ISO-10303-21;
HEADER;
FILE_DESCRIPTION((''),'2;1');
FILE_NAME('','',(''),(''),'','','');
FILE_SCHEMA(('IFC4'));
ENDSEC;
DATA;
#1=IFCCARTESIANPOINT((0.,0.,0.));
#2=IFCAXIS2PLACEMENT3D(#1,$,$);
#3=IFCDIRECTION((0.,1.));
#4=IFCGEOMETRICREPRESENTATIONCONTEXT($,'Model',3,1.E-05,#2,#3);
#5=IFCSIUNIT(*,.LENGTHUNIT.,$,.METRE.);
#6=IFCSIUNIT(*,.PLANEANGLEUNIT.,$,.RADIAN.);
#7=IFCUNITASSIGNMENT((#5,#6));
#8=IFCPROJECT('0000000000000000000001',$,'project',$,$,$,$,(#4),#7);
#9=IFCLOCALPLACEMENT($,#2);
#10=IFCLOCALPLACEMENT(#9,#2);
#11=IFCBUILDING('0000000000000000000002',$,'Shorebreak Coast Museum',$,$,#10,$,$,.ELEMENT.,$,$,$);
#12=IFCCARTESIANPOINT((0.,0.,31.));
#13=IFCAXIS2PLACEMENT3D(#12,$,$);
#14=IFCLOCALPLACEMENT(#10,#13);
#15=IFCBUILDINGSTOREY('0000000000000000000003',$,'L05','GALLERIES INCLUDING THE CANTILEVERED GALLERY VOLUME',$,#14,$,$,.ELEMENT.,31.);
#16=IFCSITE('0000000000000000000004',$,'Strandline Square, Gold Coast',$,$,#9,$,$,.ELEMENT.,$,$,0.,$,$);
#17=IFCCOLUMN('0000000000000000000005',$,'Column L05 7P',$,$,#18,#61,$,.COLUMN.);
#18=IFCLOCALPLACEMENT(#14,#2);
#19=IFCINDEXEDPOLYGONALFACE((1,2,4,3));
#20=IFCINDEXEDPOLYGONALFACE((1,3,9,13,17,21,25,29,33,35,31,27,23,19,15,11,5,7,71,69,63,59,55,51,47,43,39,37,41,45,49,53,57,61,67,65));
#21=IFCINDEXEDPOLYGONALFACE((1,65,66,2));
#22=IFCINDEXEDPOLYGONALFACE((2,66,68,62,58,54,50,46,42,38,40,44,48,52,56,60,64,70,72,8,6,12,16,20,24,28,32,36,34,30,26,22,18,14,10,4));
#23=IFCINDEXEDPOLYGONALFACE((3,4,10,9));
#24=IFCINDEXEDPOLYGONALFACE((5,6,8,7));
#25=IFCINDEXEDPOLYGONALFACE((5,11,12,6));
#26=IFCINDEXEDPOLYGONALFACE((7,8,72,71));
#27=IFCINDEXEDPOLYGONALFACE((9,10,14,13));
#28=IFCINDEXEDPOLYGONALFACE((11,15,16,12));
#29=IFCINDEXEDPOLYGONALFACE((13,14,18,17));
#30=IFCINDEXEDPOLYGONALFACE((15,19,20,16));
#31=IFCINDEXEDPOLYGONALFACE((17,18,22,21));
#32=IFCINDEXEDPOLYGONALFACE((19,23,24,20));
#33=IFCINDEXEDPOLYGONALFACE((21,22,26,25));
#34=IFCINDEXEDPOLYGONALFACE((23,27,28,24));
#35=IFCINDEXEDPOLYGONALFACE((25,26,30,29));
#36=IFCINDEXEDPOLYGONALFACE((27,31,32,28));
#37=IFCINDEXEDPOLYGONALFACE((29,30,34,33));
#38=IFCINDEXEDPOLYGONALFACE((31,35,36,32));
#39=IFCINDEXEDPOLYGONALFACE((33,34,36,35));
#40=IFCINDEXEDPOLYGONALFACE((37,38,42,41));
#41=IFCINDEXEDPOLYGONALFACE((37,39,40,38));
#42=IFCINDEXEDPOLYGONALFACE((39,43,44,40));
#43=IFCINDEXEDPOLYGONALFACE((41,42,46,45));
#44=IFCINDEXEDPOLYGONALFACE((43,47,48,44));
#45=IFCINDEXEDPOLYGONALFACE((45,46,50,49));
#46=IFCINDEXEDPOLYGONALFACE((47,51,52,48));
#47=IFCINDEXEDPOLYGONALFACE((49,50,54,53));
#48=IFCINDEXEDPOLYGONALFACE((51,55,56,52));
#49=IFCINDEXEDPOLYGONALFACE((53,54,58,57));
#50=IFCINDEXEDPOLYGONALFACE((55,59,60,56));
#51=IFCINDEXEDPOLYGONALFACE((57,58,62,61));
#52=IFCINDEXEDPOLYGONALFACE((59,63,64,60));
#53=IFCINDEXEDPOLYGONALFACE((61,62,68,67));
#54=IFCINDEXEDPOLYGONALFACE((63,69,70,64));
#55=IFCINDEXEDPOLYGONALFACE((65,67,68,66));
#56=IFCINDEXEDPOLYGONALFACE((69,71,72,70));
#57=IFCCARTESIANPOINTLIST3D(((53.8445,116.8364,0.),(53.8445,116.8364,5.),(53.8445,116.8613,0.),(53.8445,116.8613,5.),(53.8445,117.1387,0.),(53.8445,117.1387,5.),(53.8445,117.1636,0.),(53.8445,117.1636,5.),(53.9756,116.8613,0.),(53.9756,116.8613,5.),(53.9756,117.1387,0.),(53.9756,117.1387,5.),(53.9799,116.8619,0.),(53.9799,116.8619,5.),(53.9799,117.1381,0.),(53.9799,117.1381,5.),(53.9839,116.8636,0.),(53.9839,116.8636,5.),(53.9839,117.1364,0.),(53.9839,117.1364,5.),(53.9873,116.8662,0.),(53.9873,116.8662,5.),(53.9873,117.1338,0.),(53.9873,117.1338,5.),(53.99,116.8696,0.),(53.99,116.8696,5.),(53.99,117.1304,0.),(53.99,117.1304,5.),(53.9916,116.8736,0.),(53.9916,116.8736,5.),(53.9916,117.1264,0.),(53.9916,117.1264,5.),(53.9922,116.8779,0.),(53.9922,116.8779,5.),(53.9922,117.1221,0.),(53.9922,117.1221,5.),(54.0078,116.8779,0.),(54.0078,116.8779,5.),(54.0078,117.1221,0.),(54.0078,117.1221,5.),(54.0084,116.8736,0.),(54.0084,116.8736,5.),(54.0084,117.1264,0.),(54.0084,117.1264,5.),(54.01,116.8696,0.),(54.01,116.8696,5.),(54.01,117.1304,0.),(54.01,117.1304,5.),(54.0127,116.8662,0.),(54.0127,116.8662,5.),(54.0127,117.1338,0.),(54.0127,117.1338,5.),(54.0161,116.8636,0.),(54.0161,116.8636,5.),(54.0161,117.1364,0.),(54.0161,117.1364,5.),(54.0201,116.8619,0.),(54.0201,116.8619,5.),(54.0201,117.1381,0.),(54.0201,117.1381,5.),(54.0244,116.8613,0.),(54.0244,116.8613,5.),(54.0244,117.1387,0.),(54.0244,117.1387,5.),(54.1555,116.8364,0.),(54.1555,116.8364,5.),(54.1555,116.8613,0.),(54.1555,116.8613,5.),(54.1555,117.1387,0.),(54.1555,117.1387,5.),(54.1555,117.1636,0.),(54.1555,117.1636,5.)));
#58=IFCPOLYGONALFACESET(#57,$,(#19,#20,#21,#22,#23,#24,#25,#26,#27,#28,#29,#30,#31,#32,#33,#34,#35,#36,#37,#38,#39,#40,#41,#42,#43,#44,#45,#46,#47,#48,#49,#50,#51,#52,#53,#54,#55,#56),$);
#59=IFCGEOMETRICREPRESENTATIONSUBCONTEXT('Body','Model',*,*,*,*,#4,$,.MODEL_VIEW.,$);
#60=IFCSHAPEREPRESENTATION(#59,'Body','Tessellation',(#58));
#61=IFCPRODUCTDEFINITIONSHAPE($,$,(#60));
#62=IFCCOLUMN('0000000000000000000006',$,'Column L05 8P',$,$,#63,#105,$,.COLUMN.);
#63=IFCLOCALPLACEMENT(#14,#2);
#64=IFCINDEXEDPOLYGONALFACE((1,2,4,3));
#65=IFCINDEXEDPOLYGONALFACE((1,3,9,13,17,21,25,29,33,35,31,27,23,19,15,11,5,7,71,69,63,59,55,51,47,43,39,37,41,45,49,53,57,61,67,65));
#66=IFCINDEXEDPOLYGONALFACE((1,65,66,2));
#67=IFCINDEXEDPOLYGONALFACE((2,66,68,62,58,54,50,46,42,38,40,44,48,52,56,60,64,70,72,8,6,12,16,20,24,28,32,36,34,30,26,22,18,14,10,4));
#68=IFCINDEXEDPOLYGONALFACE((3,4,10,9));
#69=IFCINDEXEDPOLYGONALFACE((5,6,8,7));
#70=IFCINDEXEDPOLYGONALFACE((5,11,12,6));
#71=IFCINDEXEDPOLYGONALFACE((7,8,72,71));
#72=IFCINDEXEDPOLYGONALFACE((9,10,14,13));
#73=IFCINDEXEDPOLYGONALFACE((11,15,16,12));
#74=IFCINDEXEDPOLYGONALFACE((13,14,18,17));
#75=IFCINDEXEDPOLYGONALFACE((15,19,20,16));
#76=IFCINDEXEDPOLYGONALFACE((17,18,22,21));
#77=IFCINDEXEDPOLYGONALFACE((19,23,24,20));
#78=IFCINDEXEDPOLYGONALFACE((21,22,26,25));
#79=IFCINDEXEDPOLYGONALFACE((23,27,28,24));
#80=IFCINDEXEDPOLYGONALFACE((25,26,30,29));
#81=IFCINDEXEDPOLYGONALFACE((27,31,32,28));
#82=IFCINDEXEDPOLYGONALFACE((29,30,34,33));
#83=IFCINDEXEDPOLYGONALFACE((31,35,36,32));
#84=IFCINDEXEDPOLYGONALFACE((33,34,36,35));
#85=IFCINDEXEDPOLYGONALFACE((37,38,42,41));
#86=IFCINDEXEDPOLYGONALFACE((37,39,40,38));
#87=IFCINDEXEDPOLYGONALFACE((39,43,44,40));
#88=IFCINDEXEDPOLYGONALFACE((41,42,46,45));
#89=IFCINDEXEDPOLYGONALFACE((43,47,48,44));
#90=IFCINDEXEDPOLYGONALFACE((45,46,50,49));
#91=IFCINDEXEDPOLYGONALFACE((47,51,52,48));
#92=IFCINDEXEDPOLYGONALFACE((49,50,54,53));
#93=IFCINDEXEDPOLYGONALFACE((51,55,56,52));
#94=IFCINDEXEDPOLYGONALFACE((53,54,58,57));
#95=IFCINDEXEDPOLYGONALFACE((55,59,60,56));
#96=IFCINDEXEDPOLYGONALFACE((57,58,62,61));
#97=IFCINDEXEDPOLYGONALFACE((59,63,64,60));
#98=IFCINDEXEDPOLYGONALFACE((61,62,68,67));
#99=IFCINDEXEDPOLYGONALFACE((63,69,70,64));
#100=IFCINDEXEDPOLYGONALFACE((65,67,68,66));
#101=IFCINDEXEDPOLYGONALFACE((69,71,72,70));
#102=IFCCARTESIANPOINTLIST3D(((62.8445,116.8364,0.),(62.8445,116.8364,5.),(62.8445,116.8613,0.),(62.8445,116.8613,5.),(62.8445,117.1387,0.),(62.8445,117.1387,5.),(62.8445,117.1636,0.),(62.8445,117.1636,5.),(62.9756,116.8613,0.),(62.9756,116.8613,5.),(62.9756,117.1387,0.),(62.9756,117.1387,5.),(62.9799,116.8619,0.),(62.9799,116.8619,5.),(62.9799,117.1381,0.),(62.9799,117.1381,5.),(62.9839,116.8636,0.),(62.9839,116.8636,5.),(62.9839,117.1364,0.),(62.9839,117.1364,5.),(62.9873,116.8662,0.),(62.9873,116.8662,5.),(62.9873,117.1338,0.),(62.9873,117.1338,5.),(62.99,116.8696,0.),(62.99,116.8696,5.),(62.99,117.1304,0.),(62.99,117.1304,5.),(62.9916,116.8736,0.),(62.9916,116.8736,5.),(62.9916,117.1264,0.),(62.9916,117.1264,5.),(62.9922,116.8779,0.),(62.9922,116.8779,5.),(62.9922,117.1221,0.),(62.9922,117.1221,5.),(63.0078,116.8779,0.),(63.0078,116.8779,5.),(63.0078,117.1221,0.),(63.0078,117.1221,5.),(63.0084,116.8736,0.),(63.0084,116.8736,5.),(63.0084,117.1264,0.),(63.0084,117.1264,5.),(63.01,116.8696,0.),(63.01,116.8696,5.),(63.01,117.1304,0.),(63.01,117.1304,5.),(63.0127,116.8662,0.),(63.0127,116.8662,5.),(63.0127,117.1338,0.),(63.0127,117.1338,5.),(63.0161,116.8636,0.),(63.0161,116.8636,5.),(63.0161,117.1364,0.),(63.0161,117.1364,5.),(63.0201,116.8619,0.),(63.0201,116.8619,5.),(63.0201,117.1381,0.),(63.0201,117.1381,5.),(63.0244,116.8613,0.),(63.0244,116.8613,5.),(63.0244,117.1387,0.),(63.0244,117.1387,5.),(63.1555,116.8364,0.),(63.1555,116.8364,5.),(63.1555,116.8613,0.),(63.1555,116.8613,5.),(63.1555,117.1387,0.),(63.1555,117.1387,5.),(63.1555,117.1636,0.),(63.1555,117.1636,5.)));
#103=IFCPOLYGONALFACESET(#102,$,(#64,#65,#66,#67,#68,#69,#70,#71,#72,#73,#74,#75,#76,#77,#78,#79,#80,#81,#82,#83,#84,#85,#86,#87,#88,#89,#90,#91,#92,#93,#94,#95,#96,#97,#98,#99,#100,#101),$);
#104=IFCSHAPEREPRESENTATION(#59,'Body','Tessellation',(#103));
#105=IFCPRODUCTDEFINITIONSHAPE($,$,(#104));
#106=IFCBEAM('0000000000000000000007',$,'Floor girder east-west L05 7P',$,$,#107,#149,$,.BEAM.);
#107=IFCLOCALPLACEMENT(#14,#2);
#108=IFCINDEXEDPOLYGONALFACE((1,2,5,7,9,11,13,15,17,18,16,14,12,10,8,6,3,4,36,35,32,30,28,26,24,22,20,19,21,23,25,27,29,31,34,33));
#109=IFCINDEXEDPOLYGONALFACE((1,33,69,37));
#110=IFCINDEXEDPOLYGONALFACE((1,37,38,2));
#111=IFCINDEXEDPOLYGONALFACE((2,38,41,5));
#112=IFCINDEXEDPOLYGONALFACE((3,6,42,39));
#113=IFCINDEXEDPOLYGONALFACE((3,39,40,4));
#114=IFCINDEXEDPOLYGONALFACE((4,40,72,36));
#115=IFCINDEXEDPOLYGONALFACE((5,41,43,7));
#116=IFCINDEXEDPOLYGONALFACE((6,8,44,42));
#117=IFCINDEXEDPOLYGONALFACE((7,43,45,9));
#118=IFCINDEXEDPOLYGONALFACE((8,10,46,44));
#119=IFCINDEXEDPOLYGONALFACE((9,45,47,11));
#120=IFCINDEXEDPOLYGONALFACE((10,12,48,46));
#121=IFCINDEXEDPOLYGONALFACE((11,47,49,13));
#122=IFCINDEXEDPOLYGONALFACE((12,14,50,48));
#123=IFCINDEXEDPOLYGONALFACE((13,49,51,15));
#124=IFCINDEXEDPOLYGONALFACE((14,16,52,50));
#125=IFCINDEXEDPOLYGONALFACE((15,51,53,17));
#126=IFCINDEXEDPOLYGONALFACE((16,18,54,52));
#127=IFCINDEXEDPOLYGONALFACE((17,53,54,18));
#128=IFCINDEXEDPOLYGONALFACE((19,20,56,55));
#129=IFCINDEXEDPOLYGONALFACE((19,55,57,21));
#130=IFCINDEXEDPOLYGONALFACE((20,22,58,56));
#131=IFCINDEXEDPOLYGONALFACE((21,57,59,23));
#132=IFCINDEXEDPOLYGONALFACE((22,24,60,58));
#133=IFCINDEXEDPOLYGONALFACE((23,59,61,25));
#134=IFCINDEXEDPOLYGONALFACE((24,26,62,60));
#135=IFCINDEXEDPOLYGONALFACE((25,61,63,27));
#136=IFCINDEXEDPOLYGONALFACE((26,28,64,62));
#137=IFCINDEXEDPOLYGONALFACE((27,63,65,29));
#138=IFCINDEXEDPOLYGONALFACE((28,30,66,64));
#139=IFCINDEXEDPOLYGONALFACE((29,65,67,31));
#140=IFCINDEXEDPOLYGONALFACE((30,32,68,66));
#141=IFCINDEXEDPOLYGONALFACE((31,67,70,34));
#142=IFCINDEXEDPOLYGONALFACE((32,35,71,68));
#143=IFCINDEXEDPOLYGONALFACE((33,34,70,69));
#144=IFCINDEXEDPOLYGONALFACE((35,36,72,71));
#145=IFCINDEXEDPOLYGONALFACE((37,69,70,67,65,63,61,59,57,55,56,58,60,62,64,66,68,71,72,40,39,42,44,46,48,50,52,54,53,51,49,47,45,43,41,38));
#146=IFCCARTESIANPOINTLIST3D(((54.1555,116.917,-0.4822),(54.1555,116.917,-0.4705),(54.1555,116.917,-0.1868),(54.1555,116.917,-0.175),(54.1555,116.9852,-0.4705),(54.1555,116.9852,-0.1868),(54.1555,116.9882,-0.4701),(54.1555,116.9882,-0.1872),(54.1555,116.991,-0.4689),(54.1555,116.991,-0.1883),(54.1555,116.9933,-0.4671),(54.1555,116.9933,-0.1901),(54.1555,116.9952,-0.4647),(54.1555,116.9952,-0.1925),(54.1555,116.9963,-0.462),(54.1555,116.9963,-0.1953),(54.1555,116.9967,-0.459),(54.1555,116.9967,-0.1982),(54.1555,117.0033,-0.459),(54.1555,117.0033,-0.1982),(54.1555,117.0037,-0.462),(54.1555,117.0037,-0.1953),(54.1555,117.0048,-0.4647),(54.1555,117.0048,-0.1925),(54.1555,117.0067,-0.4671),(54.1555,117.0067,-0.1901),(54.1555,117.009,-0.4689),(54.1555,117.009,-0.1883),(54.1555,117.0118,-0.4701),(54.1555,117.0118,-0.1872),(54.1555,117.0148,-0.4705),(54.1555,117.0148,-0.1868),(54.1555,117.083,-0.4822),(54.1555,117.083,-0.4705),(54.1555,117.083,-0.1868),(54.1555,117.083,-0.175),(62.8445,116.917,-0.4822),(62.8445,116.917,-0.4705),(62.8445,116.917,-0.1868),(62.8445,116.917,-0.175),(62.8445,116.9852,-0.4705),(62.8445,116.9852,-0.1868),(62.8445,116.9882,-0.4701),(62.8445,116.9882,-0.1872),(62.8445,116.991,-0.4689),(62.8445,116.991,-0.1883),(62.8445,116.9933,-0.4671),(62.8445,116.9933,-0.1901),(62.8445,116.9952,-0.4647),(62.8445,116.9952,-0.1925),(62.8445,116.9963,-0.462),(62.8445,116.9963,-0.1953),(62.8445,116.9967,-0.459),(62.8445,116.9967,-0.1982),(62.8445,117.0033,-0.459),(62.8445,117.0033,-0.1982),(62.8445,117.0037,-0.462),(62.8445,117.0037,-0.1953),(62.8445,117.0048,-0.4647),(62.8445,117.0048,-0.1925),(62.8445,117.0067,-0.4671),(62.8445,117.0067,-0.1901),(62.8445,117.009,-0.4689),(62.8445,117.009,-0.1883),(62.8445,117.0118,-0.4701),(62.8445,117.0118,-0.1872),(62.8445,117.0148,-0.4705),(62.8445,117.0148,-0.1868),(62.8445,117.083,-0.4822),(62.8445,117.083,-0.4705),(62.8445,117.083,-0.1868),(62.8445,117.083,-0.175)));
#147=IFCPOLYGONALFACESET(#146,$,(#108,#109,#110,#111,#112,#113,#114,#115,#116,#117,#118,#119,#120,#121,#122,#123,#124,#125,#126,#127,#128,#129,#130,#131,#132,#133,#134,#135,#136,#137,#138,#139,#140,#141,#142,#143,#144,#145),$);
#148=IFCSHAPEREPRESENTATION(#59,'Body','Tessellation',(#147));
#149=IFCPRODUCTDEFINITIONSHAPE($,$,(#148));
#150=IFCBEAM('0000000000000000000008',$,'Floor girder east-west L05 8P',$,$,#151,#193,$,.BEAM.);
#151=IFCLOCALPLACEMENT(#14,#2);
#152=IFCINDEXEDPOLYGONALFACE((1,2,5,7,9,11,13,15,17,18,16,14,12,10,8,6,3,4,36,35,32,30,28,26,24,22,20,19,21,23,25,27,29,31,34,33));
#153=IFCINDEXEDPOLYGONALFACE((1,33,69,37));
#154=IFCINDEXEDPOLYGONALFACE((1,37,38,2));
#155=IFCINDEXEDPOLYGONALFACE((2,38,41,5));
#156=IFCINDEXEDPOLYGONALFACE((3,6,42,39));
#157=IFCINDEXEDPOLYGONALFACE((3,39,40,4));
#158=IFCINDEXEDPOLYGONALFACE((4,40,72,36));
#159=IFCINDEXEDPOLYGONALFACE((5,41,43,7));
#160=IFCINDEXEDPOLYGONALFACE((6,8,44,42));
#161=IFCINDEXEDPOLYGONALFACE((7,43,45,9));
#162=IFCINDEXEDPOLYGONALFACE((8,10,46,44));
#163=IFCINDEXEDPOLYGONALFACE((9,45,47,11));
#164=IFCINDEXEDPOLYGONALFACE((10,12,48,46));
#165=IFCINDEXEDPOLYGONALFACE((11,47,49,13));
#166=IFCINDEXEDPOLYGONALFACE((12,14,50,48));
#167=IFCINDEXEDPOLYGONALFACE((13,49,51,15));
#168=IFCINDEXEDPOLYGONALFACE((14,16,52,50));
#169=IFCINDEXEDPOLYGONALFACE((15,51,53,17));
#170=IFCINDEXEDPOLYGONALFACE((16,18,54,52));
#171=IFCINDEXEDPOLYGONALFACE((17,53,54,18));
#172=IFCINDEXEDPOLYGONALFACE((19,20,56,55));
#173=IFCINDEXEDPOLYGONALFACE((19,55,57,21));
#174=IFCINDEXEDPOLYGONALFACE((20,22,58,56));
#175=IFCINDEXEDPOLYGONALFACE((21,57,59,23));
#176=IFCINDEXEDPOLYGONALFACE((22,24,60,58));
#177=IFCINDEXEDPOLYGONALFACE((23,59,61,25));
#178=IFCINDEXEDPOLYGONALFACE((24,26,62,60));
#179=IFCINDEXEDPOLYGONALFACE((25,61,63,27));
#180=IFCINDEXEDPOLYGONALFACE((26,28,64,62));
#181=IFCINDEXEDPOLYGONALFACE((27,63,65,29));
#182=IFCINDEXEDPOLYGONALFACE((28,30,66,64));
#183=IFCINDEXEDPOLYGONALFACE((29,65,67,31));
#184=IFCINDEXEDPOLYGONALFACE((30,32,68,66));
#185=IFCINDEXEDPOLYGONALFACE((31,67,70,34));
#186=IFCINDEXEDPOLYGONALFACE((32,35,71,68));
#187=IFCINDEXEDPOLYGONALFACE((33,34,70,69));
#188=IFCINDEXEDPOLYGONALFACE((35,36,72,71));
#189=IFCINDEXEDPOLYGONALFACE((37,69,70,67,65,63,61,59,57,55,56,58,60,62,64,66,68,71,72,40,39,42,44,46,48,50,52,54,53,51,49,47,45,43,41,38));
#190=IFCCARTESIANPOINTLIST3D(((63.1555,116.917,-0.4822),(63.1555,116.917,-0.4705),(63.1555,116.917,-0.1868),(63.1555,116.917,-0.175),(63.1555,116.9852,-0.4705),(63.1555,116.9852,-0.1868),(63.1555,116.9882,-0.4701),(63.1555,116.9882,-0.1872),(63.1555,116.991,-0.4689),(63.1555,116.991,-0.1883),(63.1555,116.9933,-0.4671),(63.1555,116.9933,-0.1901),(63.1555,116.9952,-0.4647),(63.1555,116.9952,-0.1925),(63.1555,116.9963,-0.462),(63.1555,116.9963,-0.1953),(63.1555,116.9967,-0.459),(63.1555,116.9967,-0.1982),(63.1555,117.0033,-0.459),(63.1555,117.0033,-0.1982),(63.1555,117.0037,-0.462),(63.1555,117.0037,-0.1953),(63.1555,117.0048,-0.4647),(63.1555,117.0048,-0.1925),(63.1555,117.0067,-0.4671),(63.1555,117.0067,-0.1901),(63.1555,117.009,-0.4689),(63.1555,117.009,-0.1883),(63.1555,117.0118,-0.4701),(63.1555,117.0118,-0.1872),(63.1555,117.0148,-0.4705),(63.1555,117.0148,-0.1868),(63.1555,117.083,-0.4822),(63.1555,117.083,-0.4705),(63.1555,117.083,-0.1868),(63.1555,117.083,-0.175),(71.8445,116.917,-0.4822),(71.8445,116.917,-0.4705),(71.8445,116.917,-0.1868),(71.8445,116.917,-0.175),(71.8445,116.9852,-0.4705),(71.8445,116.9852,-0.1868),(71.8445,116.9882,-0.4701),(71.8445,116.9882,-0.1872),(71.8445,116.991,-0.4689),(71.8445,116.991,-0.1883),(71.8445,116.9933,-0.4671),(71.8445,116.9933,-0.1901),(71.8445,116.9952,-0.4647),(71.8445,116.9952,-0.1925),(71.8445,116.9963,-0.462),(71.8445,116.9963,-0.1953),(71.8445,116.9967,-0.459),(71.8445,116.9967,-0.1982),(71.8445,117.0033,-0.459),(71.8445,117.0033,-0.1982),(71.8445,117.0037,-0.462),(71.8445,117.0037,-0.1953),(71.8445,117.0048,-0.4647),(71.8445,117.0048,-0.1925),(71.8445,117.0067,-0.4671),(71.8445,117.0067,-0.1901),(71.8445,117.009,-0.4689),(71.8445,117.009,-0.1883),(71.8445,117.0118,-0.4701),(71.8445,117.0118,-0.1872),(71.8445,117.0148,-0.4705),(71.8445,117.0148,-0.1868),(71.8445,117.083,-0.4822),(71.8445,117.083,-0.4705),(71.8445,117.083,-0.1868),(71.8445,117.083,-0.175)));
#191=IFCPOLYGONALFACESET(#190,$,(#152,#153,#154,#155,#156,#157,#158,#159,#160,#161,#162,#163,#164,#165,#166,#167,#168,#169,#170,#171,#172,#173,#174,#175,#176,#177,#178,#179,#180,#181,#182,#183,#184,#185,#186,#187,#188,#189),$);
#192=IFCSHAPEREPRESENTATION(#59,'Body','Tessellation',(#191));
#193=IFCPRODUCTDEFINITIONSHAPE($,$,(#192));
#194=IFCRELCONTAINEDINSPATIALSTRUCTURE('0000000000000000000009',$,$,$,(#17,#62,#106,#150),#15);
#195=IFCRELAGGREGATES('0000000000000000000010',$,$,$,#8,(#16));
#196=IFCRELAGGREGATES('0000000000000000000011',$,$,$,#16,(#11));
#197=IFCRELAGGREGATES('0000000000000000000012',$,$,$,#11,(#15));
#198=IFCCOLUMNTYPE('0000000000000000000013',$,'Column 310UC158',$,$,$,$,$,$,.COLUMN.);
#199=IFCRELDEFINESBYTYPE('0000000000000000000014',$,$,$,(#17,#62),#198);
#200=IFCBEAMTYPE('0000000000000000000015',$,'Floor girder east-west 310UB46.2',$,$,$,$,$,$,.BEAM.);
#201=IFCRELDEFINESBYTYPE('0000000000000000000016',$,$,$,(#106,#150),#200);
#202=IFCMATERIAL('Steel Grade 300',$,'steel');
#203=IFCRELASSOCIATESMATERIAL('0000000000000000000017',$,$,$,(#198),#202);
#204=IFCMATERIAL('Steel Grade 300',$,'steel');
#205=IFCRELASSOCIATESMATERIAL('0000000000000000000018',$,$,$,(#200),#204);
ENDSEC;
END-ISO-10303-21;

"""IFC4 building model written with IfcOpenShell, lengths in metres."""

from ifc_helpers import new_model, si_unit, direction, frame, origin, origin_2d, place, context, subcontext, project, spatial, i_section, extrude, material, material_profile, profile_set, type_object, element, save


model = new_model("IFC4")

# Units and contexts
model_context = context("Model", 3, precision=1e-05, world=origin(), true_north=direction((0.0, 1.0)))
body_context = subcontext(model_context, "Body", "Model", "MODEL_VIEW")
ifc_project = project(units=[si_unit("LENGTHUNIT", "METRE"), si_unit("PLANEANGLEUNIT", "RADIAN")], contexts=[model_context])

# Site, building, storey
site_placement = place(None, origin())
site = spatial("IfcSite", under=ifc_project, at=site_placement, Name="Strandline Square, Gold Coast", CompositionType="ELEMENT", RefElevation=0.0)
building_placement = place(site_placement, origin())
building = spatial("IfcBuilding", under=site, at=building_placement, Name="Shorebreak Coast Museum", CompositionType="ELEMENT")
storey_placement = place(building_placement, frame((0.0, 0.0, 31.0)))
storey = spatial("IfcBuildingStorey", under=building, at=storey_placement, Name="L05", Description="GALLERIES INCLUDING THE CANTILEVERED GALLERY VOLUME", CompositionType="ELEMENT", Elevation=31.0)

# Columns
ifc_material_1 = material(Name="Steel Grade 300", Category="steel")
ifc_material_profile_1 = material_profile(ifc_material_1, i_section(OverallWidth=0.311, OverallDepth=0.3271, WebThickness=0.0156, FlangeThickness=0.0249, FilletRadius=0.0166, at=origin_2d()), Name="310UC158")
ifc_profile_set_1 = profile_set([ifc_material_profile_1], Name="Steel Grade 300")
column_type = type_object("IfcColumnType", Name="Column 310UC158", PredefinedType="COLUMN", material=ifc_profile_set_1)
for number, where, z_axis, x_axis, name in (
    (1, (54.0, 117.0, 0.0), (0.0, 0.0, 1.0), (1.0, 0.0, 0.0), "Column L05 7P"),
    (2, (63.0, 117.0, 0.0), (0.0, 0.0, 1.0), (1.0, 0.0, 0.0), "Column L05 8P"),
):
    element("IfcColumn", number, at=place(storey_placement, frame(where, z_axis=z_axis, x_axis=x_axis)), inside=storey, type_object=column_type, Name=name, PredefinedType="COLUMN", context=body_context, shape_type="SweptSolid", body=[
        extrude(i_section(OverallWidth=0.311, OverallDepth=0.3271, WebThickness=0.0156, FlangeThickness=0.0249, FilletRadius=0.0166, at=origin_2d()), origin(), (0.0, 0.0, 1.0), 5.0),
    ])

# Beams
ifc_material_2 = material(Name="Steel Grade 300", Category="steel")
ifc_material_profile_2 = material_profile(ifc_material_2, i_section(OverallWidth=0.166, OverallDepth=0.3071, WebThickness=0.0066, FlangeThickness=0.0117, FilletRadius=0.0115, at=origin_2d()), Name="310UB46.2")
ifc_profile_set_2 = profile_set([ifc_material_profile_2], Name="Steel Grade 300")
beam_type_1 = type_object("IfcBeamType", Name="Floor girder east-west 310UB46.2", PredefinedType="BEAM", material=ifc_profile_set_2)
for number, where, z_axis, x_axis, name in (
    (3, (54.1555, 117.0, -0.3286), (1.0, 0.0, 0.0), (0.0, 1.0, 0.0), "Floor girder east-west L05 7P"),
    (4, (63.1555, 117.0, -0.3286), (1.0, 0.0, 0.0), (0.0, 1.0, 0.0), "Floor girder east-west L05 8P"),
):
    element("IfcBeam", number, at=place(storey_placement, frame(where, z_axis=z_axis, x_axis=x_axis)), inside=storey, type_object=beam_type_1, Name=name, PredefinedType="BEAM", context=body_context, shape_type="SweptSolid", body=[
        extrude(i_section(OverallWidth=0.166, OverallDepth=0.3071, WebThickness=0.0066, FlangeThickness=0.0117, FilletRadius=0.0115, at=origin_2d()), origin(), (0.0, 0.0, 1.0), 8.689),
    ])

save(model, "model.ifc")
